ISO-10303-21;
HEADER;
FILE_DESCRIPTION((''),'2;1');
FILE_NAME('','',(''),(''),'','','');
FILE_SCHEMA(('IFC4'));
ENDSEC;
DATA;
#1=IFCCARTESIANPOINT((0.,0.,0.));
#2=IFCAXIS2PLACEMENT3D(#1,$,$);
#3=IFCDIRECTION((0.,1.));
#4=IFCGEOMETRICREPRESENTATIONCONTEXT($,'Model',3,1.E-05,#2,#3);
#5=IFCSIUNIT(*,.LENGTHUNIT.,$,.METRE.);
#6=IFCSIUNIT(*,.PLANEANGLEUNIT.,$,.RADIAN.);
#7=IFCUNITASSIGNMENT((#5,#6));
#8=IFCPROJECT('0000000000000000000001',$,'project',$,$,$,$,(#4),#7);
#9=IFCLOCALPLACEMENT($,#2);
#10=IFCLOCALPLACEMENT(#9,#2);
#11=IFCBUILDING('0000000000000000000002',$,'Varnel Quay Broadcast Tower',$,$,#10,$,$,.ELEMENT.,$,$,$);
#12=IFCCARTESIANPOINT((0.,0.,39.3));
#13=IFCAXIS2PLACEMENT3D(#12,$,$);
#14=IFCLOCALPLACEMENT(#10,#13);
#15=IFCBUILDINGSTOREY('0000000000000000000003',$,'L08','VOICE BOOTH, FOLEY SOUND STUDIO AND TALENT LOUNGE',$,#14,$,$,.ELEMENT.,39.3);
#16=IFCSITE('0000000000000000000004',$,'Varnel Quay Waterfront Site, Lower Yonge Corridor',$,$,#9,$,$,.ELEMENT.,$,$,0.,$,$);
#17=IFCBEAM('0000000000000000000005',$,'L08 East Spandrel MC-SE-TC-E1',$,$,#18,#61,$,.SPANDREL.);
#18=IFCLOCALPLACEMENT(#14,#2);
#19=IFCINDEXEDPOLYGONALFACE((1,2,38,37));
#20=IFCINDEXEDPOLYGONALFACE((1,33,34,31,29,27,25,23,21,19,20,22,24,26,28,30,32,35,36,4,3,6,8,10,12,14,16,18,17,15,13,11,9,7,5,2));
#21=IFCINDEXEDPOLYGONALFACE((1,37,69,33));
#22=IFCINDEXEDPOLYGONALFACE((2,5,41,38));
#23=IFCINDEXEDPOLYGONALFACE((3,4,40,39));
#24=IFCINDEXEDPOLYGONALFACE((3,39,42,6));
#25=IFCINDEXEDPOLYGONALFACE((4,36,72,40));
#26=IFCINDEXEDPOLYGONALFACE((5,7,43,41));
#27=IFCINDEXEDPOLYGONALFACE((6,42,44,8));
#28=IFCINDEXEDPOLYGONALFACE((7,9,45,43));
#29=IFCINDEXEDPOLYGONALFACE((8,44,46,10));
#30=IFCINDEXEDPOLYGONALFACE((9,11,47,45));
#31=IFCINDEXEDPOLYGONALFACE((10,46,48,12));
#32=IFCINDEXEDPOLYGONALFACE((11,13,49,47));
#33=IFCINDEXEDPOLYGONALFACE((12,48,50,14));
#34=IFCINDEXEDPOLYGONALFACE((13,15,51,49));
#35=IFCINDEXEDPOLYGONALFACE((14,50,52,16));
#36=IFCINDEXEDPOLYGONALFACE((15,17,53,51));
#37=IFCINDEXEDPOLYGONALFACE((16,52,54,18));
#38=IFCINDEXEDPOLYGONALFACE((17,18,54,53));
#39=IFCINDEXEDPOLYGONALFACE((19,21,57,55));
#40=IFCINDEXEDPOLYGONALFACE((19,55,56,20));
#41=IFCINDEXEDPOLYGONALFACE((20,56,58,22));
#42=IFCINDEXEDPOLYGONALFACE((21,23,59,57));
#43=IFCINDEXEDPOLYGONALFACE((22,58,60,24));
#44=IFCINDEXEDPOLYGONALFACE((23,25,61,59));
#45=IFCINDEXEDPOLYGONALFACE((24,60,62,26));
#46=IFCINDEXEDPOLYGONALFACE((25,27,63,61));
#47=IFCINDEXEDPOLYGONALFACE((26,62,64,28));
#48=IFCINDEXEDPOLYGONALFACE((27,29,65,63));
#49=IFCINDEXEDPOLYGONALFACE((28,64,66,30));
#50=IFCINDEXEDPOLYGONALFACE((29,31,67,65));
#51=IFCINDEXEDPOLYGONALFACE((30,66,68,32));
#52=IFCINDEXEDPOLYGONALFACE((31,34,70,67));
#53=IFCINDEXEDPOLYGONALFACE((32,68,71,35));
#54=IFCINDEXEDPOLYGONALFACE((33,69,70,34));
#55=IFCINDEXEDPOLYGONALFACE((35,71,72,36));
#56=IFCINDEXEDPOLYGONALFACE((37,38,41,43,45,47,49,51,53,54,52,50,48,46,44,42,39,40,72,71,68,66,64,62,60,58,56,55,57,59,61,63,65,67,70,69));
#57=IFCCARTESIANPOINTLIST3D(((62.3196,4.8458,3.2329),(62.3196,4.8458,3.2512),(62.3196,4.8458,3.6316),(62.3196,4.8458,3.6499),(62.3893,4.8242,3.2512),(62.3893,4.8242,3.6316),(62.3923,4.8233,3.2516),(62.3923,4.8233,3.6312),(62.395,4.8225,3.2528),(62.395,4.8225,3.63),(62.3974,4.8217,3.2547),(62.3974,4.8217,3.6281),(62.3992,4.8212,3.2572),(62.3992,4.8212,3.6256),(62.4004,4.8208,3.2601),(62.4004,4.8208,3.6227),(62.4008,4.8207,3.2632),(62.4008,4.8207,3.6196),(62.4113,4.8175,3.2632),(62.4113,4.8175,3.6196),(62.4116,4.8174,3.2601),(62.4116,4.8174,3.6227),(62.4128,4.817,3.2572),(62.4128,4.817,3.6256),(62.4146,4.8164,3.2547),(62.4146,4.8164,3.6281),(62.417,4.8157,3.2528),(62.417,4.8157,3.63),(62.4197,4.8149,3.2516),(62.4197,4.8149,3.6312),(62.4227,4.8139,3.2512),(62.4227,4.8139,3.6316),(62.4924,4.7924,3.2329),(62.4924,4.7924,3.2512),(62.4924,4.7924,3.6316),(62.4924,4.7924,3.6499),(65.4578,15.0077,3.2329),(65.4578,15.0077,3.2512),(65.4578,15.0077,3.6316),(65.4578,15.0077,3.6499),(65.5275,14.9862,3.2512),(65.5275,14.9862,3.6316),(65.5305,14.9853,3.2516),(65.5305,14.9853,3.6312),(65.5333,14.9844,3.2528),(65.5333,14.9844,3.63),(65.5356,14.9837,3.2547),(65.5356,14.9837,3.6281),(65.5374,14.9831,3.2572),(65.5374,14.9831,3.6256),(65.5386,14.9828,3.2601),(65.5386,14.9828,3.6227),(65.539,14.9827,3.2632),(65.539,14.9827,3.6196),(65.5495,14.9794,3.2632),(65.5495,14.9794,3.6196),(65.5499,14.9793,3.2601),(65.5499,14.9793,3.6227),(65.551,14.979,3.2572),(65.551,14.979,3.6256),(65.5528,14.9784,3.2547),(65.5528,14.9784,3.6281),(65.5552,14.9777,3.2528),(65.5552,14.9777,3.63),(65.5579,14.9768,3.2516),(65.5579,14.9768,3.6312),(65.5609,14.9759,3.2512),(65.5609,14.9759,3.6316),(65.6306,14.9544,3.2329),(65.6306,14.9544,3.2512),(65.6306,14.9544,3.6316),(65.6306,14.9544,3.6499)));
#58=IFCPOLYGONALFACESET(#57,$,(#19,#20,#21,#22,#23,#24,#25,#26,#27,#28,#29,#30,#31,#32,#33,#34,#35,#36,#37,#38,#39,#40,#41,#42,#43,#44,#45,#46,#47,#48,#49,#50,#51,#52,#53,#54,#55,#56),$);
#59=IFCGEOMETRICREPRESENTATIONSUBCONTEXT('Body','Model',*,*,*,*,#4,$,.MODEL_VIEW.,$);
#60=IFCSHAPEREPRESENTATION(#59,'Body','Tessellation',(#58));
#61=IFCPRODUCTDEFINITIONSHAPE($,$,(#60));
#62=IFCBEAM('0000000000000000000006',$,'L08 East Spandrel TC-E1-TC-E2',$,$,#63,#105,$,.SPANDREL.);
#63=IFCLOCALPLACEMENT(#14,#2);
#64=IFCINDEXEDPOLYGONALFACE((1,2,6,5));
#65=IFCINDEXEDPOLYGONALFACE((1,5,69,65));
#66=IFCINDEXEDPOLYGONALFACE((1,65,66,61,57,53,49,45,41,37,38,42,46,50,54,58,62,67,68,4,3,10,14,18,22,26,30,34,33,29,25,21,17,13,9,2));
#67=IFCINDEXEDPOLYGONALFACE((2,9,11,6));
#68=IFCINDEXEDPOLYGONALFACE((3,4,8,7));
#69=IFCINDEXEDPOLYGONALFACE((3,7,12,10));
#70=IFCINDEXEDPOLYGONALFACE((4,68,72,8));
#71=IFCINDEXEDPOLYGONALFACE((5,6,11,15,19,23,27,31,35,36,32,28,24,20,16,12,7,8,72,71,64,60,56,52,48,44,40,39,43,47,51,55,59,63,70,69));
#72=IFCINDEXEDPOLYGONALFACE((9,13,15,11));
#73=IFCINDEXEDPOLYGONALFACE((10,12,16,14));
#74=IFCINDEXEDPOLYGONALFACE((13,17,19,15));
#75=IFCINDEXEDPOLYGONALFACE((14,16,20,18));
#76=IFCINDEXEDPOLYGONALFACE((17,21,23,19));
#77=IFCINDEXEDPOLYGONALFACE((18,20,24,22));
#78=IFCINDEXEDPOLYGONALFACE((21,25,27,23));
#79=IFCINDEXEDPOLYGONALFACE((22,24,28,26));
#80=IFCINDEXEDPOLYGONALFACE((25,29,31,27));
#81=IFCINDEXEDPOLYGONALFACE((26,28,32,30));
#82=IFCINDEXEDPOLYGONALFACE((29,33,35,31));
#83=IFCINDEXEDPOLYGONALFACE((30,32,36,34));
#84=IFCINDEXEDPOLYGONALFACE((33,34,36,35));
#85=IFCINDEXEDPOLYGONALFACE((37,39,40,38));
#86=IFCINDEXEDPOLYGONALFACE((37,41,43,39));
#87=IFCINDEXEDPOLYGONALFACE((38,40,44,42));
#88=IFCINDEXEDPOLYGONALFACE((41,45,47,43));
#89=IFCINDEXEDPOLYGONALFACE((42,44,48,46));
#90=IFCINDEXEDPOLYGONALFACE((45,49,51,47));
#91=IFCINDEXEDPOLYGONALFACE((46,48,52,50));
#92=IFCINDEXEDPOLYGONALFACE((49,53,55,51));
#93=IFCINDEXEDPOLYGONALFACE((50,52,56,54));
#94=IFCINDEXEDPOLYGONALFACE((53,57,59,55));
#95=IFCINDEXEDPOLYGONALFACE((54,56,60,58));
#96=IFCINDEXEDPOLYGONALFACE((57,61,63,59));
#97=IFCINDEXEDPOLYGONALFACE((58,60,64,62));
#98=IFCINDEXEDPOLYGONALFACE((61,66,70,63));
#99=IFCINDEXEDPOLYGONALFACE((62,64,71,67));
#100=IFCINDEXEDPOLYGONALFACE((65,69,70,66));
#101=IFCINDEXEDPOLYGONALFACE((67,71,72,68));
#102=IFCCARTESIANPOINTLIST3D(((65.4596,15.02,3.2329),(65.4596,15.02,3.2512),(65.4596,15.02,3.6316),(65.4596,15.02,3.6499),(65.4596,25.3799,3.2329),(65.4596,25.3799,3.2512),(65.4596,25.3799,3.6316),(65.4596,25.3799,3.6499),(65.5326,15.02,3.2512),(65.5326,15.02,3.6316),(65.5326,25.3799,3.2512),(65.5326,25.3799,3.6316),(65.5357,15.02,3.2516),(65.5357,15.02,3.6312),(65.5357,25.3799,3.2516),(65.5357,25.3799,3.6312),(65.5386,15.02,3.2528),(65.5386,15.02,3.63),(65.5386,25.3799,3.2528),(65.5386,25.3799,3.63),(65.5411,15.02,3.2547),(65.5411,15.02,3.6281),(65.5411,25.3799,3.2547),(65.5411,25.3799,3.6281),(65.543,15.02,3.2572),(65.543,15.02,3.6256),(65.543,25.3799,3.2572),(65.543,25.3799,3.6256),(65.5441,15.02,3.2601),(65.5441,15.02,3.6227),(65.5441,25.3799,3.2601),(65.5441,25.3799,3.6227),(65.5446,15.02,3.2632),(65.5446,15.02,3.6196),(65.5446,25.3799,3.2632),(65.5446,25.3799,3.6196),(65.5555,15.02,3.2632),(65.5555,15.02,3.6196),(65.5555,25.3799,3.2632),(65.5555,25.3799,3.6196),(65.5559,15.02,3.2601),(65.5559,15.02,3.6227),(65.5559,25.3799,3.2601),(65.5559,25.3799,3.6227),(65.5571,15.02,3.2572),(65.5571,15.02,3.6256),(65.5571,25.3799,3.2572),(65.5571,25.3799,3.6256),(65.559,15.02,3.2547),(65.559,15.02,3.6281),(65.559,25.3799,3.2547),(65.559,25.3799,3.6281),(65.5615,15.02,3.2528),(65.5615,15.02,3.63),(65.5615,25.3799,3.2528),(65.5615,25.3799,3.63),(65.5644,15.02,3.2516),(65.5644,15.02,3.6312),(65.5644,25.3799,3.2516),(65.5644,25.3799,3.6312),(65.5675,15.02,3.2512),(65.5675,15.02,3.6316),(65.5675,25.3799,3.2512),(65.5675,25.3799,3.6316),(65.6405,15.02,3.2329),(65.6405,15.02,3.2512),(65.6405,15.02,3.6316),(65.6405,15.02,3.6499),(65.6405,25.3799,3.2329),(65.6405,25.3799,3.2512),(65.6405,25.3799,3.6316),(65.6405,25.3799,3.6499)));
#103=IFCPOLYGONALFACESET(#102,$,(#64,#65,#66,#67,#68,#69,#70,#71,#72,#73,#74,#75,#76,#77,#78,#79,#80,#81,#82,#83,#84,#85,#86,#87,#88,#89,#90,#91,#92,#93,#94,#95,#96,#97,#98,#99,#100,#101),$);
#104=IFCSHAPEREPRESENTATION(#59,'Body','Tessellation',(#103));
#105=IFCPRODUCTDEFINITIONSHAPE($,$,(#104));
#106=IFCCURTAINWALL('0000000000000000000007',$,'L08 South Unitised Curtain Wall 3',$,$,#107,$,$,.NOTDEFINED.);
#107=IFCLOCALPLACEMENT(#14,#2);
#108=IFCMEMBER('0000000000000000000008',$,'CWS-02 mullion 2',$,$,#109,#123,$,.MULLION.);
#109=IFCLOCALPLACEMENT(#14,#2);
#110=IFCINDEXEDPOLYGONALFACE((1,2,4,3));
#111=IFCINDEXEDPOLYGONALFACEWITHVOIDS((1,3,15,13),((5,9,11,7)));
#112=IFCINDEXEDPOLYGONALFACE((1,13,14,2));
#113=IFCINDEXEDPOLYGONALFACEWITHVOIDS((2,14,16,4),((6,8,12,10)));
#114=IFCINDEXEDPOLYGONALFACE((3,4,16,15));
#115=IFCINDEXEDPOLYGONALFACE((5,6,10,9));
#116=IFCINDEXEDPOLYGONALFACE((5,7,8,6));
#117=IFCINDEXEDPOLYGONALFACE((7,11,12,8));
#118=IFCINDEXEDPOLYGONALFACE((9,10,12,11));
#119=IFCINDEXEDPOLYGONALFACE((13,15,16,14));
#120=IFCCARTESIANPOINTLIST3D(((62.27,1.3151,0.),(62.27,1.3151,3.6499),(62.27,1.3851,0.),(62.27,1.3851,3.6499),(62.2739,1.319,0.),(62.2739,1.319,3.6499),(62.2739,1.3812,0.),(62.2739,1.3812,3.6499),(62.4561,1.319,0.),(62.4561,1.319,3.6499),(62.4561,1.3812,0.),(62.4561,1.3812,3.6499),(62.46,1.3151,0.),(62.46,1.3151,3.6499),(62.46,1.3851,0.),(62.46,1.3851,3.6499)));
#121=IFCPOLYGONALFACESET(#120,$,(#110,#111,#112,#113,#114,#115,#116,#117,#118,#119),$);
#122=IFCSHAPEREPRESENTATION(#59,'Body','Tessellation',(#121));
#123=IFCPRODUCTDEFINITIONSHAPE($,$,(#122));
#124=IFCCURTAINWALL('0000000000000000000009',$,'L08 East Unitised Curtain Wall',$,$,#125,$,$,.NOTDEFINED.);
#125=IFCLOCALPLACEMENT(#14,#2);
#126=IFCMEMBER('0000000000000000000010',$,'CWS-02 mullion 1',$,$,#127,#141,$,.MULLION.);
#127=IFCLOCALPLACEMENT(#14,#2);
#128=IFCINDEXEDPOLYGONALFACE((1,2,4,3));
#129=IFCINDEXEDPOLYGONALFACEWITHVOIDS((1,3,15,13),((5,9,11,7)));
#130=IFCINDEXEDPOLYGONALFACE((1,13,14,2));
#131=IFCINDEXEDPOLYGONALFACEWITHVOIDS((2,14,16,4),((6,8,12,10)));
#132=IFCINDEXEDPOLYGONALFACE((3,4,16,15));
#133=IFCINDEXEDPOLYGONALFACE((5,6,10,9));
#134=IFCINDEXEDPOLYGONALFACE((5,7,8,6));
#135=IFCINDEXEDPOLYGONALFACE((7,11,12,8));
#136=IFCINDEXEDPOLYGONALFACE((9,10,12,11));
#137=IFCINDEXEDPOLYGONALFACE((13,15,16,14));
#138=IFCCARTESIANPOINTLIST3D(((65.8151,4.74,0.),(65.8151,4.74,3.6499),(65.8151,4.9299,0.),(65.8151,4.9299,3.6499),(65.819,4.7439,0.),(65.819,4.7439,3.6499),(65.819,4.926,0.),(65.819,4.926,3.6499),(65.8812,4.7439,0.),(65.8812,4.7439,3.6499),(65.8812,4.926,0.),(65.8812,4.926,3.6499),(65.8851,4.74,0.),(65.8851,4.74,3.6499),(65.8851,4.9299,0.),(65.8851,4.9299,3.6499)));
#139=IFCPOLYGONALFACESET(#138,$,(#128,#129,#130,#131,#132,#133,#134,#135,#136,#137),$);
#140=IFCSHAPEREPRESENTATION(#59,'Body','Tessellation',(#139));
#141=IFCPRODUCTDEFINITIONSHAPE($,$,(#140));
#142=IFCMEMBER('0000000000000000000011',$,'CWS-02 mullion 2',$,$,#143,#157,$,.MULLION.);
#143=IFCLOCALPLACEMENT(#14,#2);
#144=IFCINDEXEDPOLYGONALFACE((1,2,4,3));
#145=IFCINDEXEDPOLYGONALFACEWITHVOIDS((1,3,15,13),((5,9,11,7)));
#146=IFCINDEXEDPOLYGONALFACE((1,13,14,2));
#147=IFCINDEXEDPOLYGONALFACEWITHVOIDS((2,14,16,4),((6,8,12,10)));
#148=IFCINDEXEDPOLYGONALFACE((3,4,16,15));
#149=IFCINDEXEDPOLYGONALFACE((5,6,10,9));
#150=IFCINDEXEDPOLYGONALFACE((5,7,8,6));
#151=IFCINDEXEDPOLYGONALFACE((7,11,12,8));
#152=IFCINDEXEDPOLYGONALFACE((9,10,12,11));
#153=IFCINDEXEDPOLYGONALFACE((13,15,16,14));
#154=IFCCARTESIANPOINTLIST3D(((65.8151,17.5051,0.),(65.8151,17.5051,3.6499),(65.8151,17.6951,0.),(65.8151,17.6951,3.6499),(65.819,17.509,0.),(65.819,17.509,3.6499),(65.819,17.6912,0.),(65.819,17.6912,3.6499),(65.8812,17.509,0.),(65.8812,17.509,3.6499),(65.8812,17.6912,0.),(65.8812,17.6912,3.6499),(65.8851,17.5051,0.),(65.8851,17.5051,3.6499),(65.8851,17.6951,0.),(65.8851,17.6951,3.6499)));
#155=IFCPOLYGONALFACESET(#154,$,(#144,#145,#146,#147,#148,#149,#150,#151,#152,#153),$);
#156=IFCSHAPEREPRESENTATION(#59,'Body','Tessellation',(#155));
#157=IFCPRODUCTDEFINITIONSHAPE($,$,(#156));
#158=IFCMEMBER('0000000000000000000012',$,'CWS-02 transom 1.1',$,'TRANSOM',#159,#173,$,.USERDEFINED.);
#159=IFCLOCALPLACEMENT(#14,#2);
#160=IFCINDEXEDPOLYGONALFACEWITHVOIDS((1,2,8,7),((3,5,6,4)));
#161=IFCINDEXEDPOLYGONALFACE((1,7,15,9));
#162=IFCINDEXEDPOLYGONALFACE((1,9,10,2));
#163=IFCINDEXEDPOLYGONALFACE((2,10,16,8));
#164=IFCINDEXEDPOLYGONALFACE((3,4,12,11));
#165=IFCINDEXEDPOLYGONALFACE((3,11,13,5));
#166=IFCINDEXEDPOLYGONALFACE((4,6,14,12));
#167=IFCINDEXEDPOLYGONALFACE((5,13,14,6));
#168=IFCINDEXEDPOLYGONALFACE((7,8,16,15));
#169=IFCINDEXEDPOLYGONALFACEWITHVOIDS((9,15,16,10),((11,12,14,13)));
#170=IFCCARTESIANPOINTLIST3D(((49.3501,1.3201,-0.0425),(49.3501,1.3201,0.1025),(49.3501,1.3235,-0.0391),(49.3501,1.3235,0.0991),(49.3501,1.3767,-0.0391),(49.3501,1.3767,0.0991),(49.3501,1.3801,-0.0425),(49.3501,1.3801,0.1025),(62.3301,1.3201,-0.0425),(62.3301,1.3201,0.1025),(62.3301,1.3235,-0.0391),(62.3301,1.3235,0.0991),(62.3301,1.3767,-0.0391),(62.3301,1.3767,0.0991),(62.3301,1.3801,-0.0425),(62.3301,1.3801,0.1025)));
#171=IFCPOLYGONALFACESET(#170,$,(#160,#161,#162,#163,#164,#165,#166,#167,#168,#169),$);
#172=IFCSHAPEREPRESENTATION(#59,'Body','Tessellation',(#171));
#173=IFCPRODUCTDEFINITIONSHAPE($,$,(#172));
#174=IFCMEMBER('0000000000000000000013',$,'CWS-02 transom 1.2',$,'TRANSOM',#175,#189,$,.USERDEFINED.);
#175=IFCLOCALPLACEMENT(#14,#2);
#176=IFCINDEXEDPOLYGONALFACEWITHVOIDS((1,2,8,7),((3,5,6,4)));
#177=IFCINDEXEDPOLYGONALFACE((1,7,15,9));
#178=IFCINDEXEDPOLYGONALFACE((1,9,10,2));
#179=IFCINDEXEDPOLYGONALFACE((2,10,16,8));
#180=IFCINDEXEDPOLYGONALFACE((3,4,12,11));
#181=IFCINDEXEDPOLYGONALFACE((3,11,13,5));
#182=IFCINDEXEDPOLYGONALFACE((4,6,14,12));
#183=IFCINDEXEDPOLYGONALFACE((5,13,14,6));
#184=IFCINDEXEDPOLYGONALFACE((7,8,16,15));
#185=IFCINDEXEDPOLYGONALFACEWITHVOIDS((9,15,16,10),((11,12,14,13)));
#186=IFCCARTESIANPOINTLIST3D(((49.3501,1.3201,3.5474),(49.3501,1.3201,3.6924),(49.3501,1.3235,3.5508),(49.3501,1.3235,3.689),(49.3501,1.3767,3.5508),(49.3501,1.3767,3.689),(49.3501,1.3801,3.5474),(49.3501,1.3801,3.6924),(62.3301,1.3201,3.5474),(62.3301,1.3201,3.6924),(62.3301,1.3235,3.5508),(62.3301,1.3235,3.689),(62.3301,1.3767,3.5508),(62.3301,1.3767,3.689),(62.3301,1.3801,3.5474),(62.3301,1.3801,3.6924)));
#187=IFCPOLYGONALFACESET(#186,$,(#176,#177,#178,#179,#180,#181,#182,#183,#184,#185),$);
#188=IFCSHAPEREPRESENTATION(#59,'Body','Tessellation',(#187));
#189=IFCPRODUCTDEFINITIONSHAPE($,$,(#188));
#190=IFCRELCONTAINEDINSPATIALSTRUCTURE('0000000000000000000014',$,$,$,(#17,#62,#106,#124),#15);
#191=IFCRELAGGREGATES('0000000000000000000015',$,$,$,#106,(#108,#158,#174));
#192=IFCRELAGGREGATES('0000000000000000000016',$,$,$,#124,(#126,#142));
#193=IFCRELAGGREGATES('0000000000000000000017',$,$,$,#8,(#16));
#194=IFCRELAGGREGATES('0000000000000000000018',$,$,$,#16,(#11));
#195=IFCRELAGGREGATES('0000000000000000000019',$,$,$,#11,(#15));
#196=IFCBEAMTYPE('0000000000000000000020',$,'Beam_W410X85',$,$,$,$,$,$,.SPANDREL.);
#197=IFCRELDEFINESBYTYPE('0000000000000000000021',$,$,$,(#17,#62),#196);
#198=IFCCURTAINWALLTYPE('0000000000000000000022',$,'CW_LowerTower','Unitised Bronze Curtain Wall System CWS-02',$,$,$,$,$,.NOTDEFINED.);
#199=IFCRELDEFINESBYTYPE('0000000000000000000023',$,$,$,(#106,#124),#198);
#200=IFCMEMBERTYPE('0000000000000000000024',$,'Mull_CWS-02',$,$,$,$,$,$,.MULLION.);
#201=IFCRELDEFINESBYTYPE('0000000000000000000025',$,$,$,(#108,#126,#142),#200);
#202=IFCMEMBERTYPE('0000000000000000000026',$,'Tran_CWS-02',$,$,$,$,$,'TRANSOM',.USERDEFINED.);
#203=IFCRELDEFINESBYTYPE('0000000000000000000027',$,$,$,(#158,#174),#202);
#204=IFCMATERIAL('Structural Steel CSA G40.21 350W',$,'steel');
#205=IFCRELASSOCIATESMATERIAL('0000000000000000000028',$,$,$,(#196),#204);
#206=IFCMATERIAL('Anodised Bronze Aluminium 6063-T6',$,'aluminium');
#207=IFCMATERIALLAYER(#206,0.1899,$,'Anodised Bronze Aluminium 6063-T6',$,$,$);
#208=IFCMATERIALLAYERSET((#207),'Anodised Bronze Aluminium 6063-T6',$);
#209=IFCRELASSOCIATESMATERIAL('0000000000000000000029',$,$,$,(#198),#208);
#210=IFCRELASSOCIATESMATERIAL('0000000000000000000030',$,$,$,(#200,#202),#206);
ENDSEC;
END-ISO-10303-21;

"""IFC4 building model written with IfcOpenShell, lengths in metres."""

from ifc_helpers import new_model, si_unit, direction, frame, origin, origin_2d, place, context, subcontext, project, spatial, hollow_rectangle, i_section, extrude, source, transform, mapped, material, layer, layer_set, material_profile, profile_set, type_object, type_shapes, element, aggregate, save


model = new_model("IFC4")

# Units and contexts
model_context = context("Model", 3, precision=1e-05, world=origin(), true_north=direction((0.0, 1.0)))
body_context = subcontext(model_context, "Body", "Model", "MODEL_VIEW")
ifc_project = project(units=[si_unit("LENGTHUNIT", "METRE"), si_unit("PLANEANGLEUNIT", "RADIAN")], contexts=[model_context])

# Site, building, storey
site_placement = place(None, origin())
site = spatial("IfcSite", under=ifc_project, at=site_placement, Name="Varnel Quay Waterfront Site, Lower Yonge Corridor", CompositionType="ELEMENT", RefElevation=0.0)
building_placement = place(site_placement, origin())
building = spatial("IfcBuilding", under=site, at=building_placement, Name="Varnel Quay Broadcast Tower", CompositionType="ELEMENT")
storey_placement = place(building_placement, frame((0.0, 0.0, 39.3)))
storey = spatial("IfcBuildingStorey", under=building, at=storey_placement, Name="L08", Description="VOICE BOOTH, FOLEY SOUND STUDIO AND TALENT LOUNGE", CompositionType="ELEMENT", Elevation=39.3)

# Shared definitions
ifc_material_1 = material(Name="Structural Steel CSA G40.21 350W", Category="steel")

# Beams
ifc_material_profile_1 = material_profile(ifc_material_1, i_section(OverallWidth=0.1809, OverallDepth=0.417, WebThickness=0.011, FlangeThickness=0.0183, FilletRadius=0.012, at=origin_2d()), Name="W410X85")
ifc_profile_set_1 = profile_set([ifc_material_profile_1], Name="Structural Steel CSA G40.21 350W")
beam_type = type_object("IfcBeamType", Name="Beam_W410X85", PredefinedType="SPANDREL", material=ifc_profile_set_1)
shared_shape_1 = source(origin(), body_context, "Body", "SweptSolid", [
    extrude(i_section(OverallWidth=0.1809, OverallDepth=0.417, WebThickness=0.011, FlangeThickness=0.0183, FilletRadius=0.012, at=origin_2d()), origin(), (0.0, 0.0, 1.0), 10.6355),
])
beam_1_placement = place(storey_placement, frame((62.406, 4.8191, 3.4414), z_axis=(0.29507, 0.955476, 0.0), x_axis=(-0.955476, 0.29507, 0.0)))
element("IfcBeam", 1, at=beam_1_placement, inside=storey, type_object=beam_type, Name="L08 East Spandrel MC-SE-TC-E1", PredefinedType="SPANDREL", context=body_context, shape_type="MappedRepresentation", body=[
    mapped(shared_shape_1, transform((0.0, 0.0, 0.0), x_axis=(1.0, 0.0, 0.0), y_axis=(0.0, 1.0, 0.0), z_axis=(0.0, 0.0, 1.0), scale=1.0)),
])
shared_shape_2 = source(origin(), body_context, "Body", "SweptSolid", [
    extrude(i_section(OverallWidth=0.1809, OverallDepth=0.417, WebThickness=0.011, FlangeThickness=0.0183, FilletRadius=0.012, at=origin_2d()), origin(), (0.0, 0.0, 1.0), 10.3599),
])
beam_2_placement = place(storey_placement, frame((65.55, 15.02, 3.4414), z_axis=(0.0, 1.0, 0.0), x_axis=(-1.0, 0.0, 0.0)))
element("IfcBeam", 2, at=beam_2_placement, inside=storey, type_object=beam_type, Name="L08 East Spandrel TC-E1-TC-E2", PredefinedType="SPANDREL", context=body_context, shape_type="MappedRepresentation", body=[
    mapped(shared_shape_2, transform((0.0, 0.0, 0.0), x_axis=(1.0, 0.0, 0.0), y_axis=(0.0, 1.0, 0.0), z_axis=(0.0, 0.0, 1.0), scale=1.0)),
])

# Curtain wall, member
ifc_material_2 = material(Name="Anodised Bronze Aluminium 6063-T6", Category="aluminium")
ifc_layer_1 = layer(ifc_material_2, 0.1899, Name="Anodised Bronze Aluminium 6063-T6")
ifc_layer_set_1 = layer_set([ifc_layer_1], Name="Anodised Bronze Aluminium 6063-T6")
curtain_wall_type_1 = type_object("IfcCurtainWallType", Name="CW_LowerTower", Description="Unitised Bronze Curtain Wall System CWS-02", PredefinedType="NOTDEFINED", material=ifc_layer_set_1)
curtain_wall_1_placement = place(storey_placement, origin())
curtain_wall_1 = element("IfcCurtainWall", 3, at=curtain_wall_1_placement, inside=storey, type_object=curtain_wall_type_1, Name="L08 South Unitised Curtain Wall 3", PredefinedType="NOTDEFINED")
ifc_material_profile_2 = material_profile(ifc_material_2, hollow_rectangle(XDim=0.0701, YDim=0.1899, WallThickness=0.0039, at=origin_2d()), Name="ALU70X190X4")
ifc_profile_set_2 = profile_set([ifc_material_profile_2], Name="Anodised Bronze Aluminium 6063-T6")
member_type_1 = type_object("IfcMemberType", Name="Mull_CWS-02", PredefinedType="MULLION", material=ifc_profile_set_2)
shared_shape_3 = source(origin(), body_context, "Body", "SweptSolid", [
    extrude(hollow_rectangle(XDim=0.0701, YDim=0.1899, WallThickness=0.0039, at=origin_2d()), origin(), (0.0, 0.0, 1.0), 3.6499),
])
type_shapes(member_type_1, [shared_shape_3])
member_1_placement = place(storey_placement, frame((62.365, 1.3501, 0.0), z_axis=(0.0, 0.0, 1.0), x_axis=(0.0, 1.0, 0.0)))
member_1 = element("IfcMember", 4, at=member_1_placement, type_object=member_type_1, Name="CWS-02 mullion 2", PredefinedType="MULLION", context=body_context, shape_type="MappedRepresentation", body=[
    mapped(shared_shape_3, transform((0.0, 0.0, 0.0), x_axis=(1.0, 0.0, 0.0), y_axis=(0.0, 1.0, 0.0), z_axis=(0.0, 0.0, 1.0), scale=1.0)),
])

# Curtain wall, members
curtain_wall_2_placement = place(storey_placement, origin())
curtain_wall_2 = element("IfcCurtainWall", 5, at=curtain_wall_2_placement, inside=storey, type_object=curtain_wall_type_1, Name="L08 East Unitised Curtain Wall", PredefinedType="NOTDEFINED")
member_2_placement = place(storey_placement, frame((65.8501, 4.835, 0.0), z_axis=(0.0, 0.0, 1.0), x_axis=(-1.0, 0.0, 0.0)))
member_2 = element("IfcMember", 6, at=member_2_placement, type_object=member_type_1, Name="CWS-02 mullion 1", PredefinedType="MULLION", context=body_context, shape_type="MappedRepresentation", body=[
    mapped(shared_shape_3, transform((0.0, 0.0, 0.0), x_axis=(1.0, 0.0, 0.0), y_axis=(0.0, 1.0, 0.0), z_axis=(0.0, 0.0, 1.0), scale=1.0)),
])
member_3_placement = place(storey_placement, frame((65.8501, 17.6001, 0.0), z_axis=(0.0, 0.0, 1.0), x_axis=(-1.0, 0.0, 0.0)))
member_3 = element("IfcMember", 7, at=member_3_placement, type_object=member_type_1, Name="CWS-02 mullion 2", PredefinedType="MULLION", context=body_context, shape_type="MappedRepresentation", body=[
    mapped(shared_shape_3, transform((0.0, 0.0, 0.0), x_axis=(1.0, 0.0, 0.0), y_axis=(0.0, 1.0, 0.0), z_axis=(0.0, 0.0, 1.0), scale=1.0)),
])

# Members
ifc_material_profile_3 = material_profile(ifc_material_2, hollow_rectangle(XDim=0.0601, YDim=0.145, WallThickness=0.0034, at=origin_2d()), Name="ALU60X145X3.5")
ifc_profile_set_3 = profile_set([ifc_material_profile_3], Name="Anodised Bronze Aluminium 6063-T6")
member_type_2 = type_object("IfcMemberType", Name="Tran_CWS-02", ElementType="TRANSOM", PredefinedType="USERDEFINED", material=ifc_profile_set_3)
shared_shape_4 = source(origin(), body_context, "Body", "SweptSolid", [
    extrude(hollow_rectangle(XDim=0.0601, YDim=0.145, WallThickness=0.0034, at=origin_2d()), origin(), (0.0, 0.0, 1.0), 12.98),
])
member_4_placement = place(storey_placement, frame((49.3501, 1.3501, 0.03), z_axis=(1.0, 0.0, 0.0), x_axis=(0.0, 1.0, 0.0)))
member_4 = element("IfcMember", 8, at=member_4_placement, type_object=member_type_2, Name="CWS-02 transom 1.1", ObjectType="TRANSOM", PredefinedType="USERDEFINED", context=body_context, shape_type="MappedRepresentation", body=[
    mapped(shared_shape_4, transform((0.0, 0.0, 0.0), x_axis=(1.0, 0.0, 0.0), y_axis=(0.0, 1.0, 0.0), z_axis=(0.0, 0.0, 1.0), scale=1.0)),
])
member_5_placement = place(storey_placement, frame((49.3501, 1.3501, 3.6199), z_axis=(1.0, 0.0, 0.0), x_axis=(0.0, 1.0, 0.0)))
member_5 = element("IfcMember", 9, at=member_5_placement, type_object=member_type_2, Name="CWS-02 transom 1.2", ObjectType="TRANSOM", PredefinedType="USERDEFINED", context=body_context, shape_type="MappedRepresentation", body=[
    mapped(shared_shape_4, transform((0.0, 0.0, 0.0), x_axis=(1.0, 0.0, 0.0), y_axis=(0.0, 1.0, 0.0), z_axis=(0.0, 0.0, 1.0), scale=1.0)),
])

aggregate(curtain_wall_1, [member_1, member_4, member_5])
aggregate(curtain_wall_2, [member_2, member_3])

save(model, "model.ifc")
